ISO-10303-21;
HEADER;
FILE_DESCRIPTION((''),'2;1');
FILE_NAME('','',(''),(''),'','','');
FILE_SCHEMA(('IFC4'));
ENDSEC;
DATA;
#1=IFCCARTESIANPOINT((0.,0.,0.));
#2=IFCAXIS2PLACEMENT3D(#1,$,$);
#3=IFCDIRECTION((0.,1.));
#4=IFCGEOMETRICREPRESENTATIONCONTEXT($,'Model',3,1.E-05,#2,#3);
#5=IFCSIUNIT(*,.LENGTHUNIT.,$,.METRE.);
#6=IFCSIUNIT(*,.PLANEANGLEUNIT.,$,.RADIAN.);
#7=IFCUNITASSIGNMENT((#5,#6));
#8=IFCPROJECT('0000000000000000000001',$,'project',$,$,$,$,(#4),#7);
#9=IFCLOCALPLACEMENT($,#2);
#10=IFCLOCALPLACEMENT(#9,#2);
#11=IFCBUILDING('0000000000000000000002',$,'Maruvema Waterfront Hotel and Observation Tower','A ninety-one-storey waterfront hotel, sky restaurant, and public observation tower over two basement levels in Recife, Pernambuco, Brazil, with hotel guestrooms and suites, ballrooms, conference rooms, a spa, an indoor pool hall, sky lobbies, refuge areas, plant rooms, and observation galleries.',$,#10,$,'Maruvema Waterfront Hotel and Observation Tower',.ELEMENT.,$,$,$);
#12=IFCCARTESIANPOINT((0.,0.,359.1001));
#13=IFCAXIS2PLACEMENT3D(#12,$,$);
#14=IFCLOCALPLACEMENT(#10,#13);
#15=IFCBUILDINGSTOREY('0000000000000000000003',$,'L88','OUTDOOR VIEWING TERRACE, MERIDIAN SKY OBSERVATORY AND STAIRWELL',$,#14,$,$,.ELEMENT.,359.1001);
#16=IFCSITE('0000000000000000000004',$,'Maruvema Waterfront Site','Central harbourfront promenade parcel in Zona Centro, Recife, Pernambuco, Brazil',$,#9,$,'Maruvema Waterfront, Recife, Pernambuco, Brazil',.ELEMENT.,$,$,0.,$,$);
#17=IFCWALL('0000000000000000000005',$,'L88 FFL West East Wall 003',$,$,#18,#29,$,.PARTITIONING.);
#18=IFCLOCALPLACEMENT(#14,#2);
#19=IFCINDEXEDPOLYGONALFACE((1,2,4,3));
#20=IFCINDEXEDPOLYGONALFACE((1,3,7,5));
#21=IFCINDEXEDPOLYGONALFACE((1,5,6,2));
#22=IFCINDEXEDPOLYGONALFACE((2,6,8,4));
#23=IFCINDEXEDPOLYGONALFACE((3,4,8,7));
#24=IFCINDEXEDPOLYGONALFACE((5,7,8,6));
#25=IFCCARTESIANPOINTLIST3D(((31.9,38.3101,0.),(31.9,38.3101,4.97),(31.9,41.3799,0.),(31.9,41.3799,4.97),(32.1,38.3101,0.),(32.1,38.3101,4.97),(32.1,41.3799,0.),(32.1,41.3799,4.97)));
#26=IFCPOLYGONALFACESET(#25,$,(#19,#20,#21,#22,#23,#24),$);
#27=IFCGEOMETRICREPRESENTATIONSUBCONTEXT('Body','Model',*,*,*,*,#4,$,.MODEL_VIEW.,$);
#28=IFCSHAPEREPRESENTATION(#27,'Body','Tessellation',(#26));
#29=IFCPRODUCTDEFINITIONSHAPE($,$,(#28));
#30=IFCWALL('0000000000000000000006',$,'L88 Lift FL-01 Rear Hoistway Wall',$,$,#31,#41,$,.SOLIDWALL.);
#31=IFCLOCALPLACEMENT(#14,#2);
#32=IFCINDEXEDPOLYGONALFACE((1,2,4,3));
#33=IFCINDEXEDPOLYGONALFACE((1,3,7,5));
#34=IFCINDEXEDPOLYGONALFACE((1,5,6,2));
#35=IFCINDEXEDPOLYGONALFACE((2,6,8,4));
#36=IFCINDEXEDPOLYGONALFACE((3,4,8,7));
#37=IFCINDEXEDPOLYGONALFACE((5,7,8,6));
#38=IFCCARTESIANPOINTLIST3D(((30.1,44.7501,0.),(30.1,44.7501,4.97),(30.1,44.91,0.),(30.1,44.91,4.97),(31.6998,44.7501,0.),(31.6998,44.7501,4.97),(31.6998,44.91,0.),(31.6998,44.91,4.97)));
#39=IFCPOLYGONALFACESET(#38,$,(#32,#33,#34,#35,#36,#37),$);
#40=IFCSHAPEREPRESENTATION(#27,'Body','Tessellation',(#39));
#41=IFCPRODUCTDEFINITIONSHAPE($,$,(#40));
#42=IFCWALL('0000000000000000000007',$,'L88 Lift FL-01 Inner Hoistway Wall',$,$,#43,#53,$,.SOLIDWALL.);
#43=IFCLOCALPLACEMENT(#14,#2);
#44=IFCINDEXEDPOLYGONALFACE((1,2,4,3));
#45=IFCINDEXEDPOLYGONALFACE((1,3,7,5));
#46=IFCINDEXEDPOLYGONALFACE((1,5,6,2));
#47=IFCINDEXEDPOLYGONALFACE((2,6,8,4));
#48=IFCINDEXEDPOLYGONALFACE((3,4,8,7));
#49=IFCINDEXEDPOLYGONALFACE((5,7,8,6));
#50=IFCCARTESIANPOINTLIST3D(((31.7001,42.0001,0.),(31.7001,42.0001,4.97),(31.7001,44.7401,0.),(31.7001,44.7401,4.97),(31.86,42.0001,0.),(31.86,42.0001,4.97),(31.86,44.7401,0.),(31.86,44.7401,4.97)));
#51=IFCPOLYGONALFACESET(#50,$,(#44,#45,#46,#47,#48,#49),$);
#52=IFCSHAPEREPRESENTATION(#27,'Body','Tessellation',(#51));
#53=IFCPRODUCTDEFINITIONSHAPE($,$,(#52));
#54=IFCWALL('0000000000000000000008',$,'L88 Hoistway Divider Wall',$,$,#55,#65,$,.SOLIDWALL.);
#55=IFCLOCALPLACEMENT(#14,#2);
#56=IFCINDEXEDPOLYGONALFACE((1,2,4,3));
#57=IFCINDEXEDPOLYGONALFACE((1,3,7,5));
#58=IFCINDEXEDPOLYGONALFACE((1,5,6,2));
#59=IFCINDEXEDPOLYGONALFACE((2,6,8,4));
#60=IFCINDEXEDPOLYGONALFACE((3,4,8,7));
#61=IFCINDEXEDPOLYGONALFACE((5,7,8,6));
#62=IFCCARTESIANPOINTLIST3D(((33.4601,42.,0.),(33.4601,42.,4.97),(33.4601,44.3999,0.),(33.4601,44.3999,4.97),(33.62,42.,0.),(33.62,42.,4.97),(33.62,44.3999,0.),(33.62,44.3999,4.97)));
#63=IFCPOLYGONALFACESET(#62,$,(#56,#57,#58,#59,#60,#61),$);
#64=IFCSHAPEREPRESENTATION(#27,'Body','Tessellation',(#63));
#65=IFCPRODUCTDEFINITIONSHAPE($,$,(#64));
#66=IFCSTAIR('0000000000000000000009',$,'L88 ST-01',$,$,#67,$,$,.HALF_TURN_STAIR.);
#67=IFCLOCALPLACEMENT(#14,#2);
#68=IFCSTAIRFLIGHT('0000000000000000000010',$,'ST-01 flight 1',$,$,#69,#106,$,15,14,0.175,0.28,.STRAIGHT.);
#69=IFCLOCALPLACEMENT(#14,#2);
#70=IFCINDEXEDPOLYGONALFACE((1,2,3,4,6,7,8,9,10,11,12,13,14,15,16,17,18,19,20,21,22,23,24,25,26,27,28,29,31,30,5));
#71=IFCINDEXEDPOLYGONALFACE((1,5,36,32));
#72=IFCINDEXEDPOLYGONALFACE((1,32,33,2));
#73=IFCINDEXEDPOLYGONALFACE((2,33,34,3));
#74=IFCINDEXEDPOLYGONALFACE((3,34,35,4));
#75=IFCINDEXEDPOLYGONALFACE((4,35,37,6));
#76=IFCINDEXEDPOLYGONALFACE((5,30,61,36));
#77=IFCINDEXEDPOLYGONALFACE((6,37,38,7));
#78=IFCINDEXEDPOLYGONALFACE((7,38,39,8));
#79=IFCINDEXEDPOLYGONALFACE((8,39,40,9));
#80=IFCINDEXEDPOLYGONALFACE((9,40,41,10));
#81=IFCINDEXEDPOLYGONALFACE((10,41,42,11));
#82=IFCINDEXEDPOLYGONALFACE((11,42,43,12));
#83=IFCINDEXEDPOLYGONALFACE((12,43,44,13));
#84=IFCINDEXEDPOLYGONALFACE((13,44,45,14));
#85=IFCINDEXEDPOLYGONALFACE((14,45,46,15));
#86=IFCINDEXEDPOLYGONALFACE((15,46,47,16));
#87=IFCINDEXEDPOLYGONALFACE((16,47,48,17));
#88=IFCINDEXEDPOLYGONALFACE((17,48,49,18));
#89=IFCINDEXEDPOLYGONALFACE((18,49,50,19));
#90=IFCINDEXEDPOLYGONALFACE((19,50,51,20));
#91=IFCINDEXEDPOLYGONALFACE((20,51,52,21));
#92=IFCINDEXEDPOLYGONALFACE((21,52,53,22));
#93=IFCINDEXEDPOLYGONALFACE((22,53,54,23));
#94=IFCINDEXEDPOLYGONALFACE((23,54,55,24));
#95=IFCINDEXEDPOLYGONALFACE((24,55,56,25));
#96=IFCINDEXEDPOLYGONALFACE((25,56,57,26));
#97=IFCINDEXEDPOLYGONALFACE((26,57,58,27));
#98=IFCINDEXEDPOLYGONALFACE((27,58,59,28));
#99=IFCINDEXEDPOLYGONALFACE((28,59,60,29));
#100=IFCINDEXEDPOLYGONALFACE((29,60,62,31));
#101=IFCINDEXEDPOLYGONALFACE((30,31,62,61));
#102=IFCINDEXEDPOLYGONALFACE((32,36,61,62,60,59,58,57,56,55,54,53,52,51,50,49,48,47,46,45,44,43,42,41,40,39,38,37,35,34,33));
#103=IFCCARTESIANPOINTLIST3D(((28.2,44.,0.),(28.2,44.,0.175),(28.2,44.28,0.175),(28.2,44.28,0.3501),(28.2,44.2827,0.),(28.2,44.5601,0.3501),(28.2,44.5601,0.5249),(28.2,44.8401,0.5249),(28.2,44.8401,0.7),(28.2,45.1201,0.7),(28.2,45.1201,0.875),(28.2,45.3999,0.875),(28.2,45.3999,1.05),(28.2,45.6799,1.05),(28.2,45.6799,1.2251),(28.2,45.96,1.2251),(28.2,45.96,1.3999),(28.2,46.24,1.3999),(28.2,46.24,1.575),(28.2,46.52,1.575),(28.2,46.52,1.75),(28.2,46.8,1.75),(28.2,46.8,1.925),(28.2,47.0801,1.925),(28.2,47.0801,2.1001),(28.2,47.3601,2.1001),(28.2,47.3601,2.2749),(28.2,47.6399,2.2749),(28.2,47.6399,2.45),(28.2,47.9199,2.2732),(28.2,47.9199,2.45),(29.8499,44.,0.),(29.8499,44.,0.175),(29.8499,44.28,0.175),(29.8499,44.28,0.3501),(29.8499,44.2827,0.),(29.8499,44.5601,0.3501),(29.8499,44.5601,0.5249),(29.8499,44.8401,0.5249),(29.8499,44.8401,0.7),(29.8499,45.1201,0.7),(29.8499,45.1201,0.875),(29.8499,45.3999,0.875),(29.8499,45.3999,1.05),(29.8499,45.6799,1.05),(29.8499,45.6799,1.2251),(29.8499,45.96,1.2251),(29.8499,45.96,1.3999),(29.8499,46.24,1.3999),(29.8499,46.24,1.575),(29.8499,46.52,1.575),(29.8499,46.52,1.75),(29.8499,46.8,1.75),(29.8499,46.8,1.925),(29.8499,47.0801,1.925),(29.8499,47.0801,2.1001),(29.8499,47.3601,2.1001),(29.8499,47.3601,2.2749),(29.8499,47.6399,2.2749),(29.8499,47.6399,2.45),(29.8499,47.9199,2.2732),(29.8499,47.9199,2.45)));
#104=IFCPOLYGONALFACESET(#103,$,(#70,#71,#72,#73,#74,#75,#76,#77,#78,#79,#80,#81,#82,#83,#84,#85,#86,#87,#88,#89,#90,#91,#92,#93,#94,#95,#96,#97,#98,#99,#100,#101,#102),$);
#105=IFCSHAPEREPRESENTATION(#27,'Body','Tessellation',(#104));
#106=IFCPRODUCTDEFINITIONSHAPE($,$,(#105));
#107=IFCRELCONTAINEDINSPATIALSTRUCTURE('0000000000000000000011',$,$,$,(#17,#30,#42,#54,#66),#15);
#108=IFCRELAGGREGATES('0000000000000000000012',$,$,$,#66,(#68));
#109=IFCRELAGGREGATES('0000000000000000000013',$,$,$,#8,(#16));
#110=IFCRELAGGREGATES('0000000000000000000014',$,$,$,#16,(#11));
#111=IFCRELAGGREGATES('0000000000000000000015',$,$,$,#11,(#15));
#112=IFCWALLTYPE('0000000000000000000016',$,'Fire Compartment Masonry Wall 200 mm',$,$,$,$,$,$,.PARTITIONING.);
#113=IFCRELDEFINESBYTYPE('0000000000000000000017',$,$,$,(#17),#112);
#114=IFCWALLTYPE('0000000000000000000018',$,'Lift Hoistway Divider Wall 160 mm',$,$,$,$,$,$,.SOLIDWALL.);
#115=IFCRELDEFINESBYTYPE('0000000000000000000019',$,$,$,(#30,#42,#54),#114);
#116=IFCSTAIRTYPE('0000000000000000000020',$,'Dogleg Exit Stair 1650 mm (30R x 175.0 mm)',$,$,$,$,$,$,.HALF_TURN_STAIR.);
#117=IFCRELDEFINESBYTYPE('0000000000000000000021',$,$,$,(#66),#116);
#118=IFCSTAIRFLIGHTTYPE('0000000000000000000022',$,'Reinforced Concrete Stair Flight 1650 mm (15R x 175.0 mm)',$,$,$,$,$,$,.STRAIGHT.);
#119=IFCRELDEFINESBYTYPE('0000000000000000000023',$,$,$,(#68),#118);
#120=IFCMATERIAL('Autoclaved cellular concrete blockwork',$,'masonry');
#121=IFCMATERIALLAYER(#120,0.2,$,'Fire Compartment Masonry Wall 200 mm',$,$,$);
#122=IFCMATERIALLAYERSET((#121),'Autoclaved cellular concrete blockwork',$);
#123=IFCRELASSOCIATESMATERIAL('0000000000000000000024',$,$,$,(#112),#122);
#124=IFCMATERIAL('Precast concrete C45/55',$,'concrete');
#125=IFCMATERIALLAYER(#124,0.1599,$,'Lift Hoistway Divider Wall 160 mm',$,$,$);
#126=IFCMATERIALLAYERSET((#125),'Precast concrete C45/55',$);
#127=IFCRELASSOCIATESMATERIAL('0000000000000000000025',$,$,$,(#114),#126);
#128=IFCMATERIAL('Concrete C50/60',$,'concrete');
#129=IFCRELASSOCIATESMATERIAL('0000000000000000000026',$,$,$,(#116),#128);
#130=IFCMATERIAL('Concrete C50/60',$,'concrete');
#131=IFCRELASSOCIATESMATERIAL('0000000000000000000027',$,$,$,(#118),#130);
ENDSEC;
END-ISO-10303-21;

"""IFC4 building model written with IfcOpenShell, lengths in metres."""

from ifc_helpers import new_model, si_unit, direction, frame, frame_2d, origin, place, context, subcontext, project, spatial, polyline, rectangle, outline, extrude, material, layer, layer_set, type_object, element, aggregate, save


model = new_model("IFC4")

# Units and contexts
model_context = context("Model", 3, precision=1e-05, world=origin(), true_north=direction((0.0, 1.0)))
body_context = subcontext(model_context, "Body", "Model", "MODEL_VIEW")
ifc_project = project(units=[si_unit("LENGTHUNIT", "METRE"), si_unit("PLANEANGLEUNIT", "RADIAN")], contexts=[model_context])

# Site, building, storey
site_placement = place(None, origin())
site = spatial("IfcSite", under=ifc_project, at=site_placement, Name="Maruvema Waterfront Site", Description="Central harbourfront promenade parcel in Zona Centro, Recife, Pernambuco, Brazil", LongName="Maruvema Waterfront, Recife, Pernambuco, Brazil", CompositionType="ELEMENT", RefElevation=0.0)
building_placement = place(site_placement, origin())
building = spatial("IfcBuilding", under=site, at=building_placement, Name="Maruvema Waterfront Hotel and Observation Tower", Description="A ninety-one-storey waterfront hotel, sky restaurant, and public observation tower over two basement levels in Recife, Pernambuco, Brazil, with hotel guestrooms and suites, ballrooms, conference rooms, a spa, an indoor pool hall, sky lobbies, refuge areas, plant rooms, and observation galleries.", LongName="Maruvema Waterfront Hotel and Observation Tower", CompositionType="ELEMENT")
storey_placement = place(building_placement, frame((0.0, 0.0, 359.1001)))
storey = spatial("IfcBuildingStorey", under=building, at=storey_placement, Name="L88", Description="OUTDOOR VIEWING TERRACE, MERIDIAN SKY OBSERVATORY AND STAIRWELL", CompositionType="ELEMENT", Elevation=359.1001)

# Shared definitions
ifc_material_1 = material(Name="Autoclaved cellular concrete blockwork", Category="masonry")
ifc_layer_1 = layer(ifc_material_1, 0.2, Name="Fire Compartment Masonry Wall 200 mm")
ifc_layer_set_1 = layer_set([ifc_layer_1], Name="Autoclaved cellular concrete blockwork")
wall_type_1 = type_object("IfcWallType", Name="Fire Compartment Masonry Wall 200 mm", PredefinedType="PARTITIONING", material=ifc_layer_set_1)

# Walls
for number, where, z_axis, x_axis, name in (
    (1, (32.0, 38.3101, 0.0), (0.0, 0.0, 1.0), (0.0, 1.0, 0.0), "L88 FFL West East Wall 003"),
):
    element("IfcWall", number, at=place(storey_placement, frame(where, z_axis=z_axis, x_axis=x_axis)), inside=storey, type_object=wall_type_1, Name=name, PredefinedType="PARTITIONING", context=body_context, shape_type="SweptSolid", body=[
        extrude(rectangle(XDim=3.0698, YDim=0.2, at=frame_2d((1.5349, 0.0))), origin(), (0.0, 0.0, 1.0), 4.97),
    ])
ifc_material_2 = material(Name="Precast concrete C45/55", Category="concrete")
ifc_layer_2 = layer(ifc_material_2, 0.1599, Name="Lift Hoistway Divider Wall 160 mm")
ifc_layer_set_2 = layer_set([ifc_layer_2], Name="Precast concrete C45/55")
wall_type_2 = type_object("IfcWallType", Name="Lift Hoistway Divider Wall 160 mm", PredefinedType="SOLIDWALL", material=ifc_layer_set_2)
wall_1_placement = place(storey_placement, frame((30.1001, 44.8301, 0.0), z_axis=(0.0, 0.0, 1.0), x_axis=(1.0, 0.0, 0.0)))
element("IfcWall", 2, at=wall_1_placement, inside=storey, type_object=wall_type_2, Name="L88 Lift FL-01 Rear Hoistway Wall", PredefinedType="SOLIDWALL", context=body_context, shape_type="SweptSolid", body=[
    extrude(rectangle(XDim=1.5999, YDim=0.1599, at=frame_2d((0.7998, 0.0))), origin(), (0.0, 0.0, 1.0), 4.97),
])
wall_2_placement = place(storey_placement, frame((31.78, 42.0, 0.0), z_axis=(0.0, 0.0, 1.0), x_axis=(0.0, 1.0, 0.0)))
element("IfcWall", 3, at=wall_2_placement, inside=storey, type_object=wall_type_2, Name="L88 Lift FL-01 Inner Hoistway Wall", PredefinedType="SOLIDWALL", context=body_context, shape_type="SweptSolid", body=[
    extrude(rectangle(XDim=2.74, YDim=0.1599, at=frame_2d((1.3701, 0.0))), origin(), (0.0, 0.0, 1.0), 4.97),
])
wall_3_placement = place(storey_placement, frame((33.54, 42.0, 0.0), z_axis=(0.0, 0.0, 1.0), x_axis=(0.0, 1.0, 0.0)))
element("IfcWall", 4, at=wall_3_placement, inside=storey, type_object=wall_type_2, Name="L88 Hoistway Divider Wall", PredefinedType="SOLIDWALL", context=body_context, shape_type="SweptSolid", body=[
    extrude(rectangle(XDim=2.3999, YDim=0.1599, at=frame_2d((1.2, 0.0))), origin(), (0.0, 0.0, 1.0), 4.97),
])

# Stair, stair flight
ifc_material_3 = material(Name="Concrete C50/60", Category="concrete")
stair_type = type_object("IfcStairType", Name="Dogleg Exit Stair 1650 mm (30R x 175.0 mm)", PredefinedType="HALF_TURN_STAIR", material=ifc_material_3)
stair_placement = place(storey_placement, origin())
stair = element("IfcStair", 5, at=stair_placement, inside=storey, type_object=stair_type, Name="L88 ST-01", PredefinedType="HALF_TURN_STAIR")
ifc_material_4 = material(Name="Concrete C50/60", Category="concrete")
stair_flight_type = type_object("IfcStairFlightType", Name="Reinforced Concrete Stair Flight 1650 mm (15R x 175.0 mm)", PredefinedType="STRAIGHT", material=ifc_material_4)
stair_flight_placement = place(storey_placement, frame((29.0249, 44.0, 0.0), z_axis=(0.0, 0.0, 1.0), x_axis=(0.0, 1.0, 0.0)))
stair_flight = element("IfcStairFlight", 6, at=stair_flight_placement, type_object=stair_flight_type, Name="ST-01 flight 1", NumberOfRisers=15, NumberOfTreads=14, PredefinedType="STRAIGHT", RiserHeight=0.175, TreadLength=0.28, context=body_context, shape_type="SweptSolid", body=[
    extrude(outline(polyline([(0.0, 0.0), (0.0, 0.175), (0.28, 0.175), (0.28, 0.3501), (0.5601, 0.3501), (0.5601, 0.5249), (0.8401, 0.5249), (0.8401, 0.7), (1.1201, 0.7), (1.1201, 0.875), (1.3999, 0.875), (1.3999, 1.05), (1.6799, 1.05), (1.6799, 1.2251), (1.96, 1.2251), (1.96, 1.3999), (2.24, 1.3999), (2.24, 1.575), (2.52, 1.575), (2.52, 1.75), (2.8, 1.75), (2.8, 1.925), (3.0801, 1.925), (3.0801, 2.1001), (3.3601, 2.1001), (3.3601, 2.2749), (3.6399, 2.2749), (3.6399, 2.45), (3.9199, 2.45), (3.9199, 2.625), (3.9199, 2.2732), (0.2827, 0.0), (0.0, 0.0)])), frame((0.0, 0.825, 0.0), z_axis=(0.0, -1.0, 0.0), x_axis=(1.0, 0.0, 0.0)), (0.0, 0.0, 1.0), 1.6499),
])
aggregate(stair, [stair_flight])

save(model, "model.ifc")
